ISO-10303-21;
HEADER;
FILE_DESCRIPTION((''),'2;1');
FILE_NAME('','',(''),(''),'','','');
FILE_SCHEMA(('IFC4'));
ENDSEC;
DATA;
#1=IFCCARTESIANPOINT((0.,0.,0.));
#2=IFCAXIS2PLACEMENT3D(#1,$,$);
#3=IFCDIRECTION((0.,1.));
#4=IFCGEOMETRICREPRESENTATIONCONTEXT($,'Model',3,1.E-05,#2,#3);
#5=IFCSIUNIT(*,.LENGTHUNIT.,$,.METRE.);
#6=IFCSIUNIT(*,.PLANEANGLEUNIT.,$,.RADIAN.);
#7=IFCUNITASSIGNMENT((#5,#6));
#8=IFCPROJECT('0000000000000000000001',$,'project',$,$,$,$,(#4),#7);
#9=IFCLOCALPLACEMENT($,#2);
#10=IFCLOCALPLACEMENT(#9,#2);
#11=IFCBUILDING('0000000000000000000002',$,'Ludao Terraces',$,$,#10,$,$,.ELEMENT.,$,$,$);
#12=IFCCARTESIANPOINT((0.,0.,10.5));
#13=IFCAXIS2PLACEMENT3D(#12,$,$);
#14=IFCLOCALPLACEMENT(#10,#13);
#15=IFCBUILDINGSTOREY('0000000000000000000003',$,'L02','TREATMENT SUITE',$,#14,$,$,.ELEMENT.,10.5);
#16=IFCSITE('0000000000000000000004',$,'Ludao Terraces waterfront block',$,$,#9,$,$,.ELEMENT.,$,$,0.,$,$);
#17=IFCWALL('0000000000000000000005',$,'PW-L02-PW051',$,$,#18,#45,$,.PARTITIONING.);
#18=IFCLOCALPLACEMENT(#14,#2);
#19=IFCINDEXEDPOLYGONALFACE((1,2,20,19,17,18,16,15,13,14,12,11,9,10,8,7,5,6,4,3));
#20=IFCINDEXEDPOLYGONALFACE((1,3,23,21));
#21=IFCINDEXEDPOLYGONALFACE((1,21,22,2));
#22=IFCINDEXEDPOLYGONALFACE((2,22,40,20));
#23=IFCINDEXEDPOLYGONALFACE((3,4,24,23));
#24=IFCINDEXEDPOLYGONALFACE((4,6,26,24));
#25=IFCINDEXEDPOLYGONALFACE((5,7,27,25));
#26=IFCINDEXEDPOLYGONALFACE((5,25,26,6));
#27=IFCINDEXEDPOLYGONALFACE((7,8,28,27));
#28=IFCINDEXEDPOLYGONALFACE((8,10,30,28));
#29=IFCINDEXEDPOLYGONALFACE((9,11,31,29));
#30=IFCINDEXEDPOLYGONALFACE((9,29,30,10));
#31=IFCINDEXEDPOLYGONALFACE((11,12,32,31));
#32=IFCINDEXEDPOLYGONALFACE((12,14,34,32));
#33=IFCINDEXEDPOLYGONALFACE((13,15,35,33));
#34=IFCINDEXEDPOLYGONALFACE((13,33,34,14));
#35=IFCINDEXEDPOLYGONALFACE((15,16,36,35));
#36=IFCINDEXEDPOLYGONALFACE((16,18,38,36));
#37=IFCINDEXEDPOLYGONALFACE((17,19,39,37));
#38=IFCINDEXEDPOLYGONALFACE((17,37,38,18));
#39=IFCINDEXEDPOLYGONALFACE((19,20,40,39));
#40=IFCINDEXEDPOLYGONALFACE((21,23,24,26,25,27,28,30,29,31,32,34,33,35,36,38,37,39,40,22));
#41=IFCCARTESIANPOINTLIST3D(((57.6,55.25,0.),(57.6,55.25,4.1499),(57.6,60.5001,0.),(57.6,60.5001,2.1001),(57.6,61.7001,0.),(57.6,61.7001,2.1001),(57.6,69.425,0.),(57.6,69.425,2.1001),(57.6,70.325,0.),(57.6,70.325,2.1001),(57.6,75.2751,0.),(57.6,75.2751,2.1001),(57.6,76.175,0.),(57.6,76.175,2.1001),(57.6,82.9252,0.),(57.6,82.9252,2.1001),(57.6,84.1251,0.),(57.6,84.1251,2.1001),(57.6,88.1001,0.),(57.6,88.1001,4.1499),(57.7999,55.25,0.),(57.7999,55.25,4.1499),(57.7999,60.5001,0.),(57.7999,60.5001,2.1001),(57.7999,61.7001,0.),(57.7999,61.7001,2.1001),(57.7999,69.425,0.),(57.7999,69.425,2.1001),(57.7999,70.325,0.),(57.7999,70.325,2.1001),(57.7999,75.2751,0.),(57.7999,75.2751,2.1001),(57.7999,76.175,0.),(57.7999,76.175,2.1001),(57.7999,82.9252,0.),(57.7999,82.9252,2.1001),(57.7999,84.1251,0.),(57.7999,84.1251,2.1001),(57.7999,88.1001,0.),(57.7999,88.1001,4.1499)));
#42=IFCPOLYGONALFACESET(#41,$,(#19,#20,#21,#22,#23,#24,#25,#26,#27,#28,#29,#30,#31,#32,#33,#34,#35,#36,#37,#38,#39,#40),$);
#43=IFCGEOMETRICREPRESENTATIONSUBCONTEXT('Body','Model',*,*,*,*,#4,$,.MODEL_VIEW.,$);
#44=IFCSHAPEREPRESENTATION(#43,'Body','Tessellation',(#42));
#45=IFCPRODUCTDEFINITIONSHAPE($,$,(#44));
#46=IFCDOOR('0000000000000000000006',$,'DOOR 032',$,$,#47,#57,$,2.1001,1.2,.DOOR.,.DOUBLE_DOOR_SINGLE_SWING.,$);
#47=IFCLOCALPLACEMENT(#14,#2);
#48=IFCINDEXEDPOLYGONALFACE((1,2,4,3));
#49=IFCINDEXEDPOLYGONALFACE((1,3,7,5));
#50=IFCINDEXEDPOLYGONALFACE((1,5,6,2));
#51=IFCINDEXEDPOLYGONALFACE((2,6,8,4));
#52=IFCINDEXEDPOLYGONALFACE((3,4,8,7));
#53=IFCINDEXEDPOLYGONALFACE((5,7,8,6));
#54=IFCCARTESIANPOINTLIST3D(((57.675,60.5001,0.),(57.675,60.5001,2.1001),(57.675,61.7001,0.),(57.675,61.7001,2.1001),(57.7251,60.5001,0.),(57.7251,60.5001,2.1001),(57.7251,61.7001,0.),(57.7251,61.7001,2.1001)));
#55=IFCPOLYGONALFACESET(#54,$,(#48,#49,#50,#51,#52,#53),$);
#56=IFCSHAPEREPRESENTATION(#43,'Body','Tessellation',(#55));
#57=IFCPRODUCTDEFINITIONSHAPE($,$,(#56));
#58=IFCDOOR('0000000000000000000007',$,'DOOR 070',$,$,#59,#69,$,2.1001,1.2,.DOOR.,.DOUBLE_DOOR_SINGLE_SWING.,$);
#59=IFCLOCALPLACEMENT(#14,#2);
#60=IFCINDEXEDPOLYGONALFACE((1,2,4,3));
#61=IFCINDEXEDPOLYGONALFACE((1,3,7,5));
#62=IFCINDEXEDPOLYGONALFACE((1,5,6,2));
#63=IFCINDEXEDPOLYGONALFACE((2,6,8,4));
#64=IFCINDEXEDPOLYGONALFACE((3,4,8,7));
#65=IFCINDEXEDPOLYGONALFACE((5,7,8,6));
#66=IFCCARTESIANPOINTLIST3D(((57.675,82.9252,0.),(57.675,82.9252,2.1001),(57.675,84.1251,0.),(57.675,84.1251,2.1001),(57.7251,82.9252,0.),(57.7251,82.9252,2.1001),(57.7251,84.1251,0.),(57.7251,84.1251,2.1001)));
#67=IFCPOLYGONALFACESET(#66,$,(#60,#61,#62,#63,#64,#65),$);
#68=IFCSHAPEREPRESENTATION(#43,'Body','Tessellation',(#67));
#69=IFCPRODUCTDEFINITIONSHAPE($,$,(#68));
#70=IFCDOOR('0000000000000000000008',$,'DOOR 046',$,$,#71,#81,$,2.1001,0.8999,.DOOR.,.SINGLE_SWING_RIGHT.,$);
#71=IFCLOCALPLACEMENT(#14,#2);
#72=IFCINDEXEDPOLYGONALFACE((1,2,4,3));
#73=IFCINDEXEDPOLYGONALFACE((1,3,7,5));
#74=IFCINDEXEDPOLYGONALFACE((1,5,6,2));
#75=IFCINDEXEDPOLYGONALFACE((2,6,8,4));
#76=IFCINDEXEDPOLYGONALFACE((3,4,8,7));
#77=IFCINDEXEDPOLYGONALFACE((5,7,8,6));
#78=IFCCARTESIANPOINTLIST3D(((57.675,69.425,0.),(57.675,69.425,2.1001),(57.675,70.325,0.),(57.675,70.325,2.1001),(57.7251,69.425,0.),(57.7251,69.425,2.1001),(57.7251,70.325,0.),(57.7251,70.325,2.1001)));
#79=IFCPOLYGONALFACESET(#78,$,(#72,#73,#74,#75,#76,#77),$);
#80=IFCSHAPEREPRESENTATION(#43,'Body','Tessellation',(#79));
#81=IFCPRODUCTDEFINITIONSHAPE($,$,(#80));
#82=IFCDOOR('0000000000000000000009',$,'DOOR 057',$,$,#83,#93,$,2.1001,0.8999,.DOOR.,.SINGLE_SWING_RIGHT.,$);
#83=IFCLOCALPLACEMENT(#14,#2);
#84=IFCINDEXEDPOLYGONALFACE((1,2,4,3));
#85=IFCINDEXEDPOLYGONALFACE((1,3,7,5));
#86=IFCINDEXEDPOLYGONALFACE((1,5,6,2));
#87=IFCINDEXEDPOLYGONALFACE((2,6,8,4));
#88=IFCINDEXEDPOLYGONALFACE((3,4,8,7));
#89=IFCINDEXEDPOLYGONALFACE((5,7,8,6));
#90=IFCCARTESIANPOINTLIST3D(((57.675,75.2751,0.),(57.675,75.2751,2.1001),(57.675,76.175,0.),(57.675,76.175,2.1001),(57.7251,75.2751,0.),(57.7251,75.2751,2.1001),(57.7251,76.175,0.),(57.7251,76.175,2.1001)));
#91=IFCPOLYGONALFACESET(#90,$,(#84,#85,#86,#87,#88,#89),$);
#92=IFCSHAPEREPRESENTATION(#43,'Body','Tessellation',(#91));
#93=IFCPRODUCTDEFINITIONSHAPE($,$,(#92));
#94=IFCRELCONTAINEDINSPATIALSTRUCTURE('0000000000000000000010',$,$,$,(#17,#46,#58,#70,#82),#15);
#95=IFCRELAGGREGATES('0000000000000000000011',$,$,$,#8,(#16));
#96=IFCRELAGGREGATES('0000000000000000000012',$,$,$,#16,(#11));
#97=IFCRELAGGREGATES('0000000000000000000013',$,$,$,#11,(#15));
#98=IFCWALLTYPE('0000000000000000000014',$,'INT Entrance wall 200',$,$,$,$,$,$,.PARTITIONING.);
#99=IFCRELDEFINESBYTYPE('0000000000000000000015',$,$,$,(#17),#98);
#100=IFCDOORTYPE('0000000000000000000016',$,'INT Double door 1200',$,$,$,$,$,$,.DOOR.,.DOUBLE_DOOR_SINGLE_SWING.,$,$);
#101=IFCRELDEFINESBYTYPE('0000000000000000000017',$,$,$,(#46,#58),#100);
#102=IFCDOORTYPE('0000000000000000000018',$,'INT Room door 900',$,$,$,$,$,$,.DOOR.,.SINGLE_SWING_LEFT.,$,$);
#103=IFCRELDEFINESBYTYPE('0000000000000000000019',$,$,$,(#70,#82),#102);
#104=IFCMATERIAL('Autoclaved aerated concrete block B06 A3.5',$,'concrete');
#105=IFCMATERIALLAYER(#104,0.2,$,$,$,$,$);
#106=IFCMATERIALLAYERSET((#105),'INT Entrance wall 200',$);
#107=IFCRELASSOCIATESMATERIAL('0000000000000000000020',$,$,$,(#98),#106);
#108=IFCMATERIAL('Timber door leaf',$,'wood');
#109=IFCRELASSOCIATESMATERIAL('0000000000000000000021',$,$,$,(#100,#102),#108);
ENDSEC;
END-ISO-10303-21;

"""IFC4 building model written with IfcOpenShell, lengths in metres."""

from ifc_helpers import new_model, si_unit, direction, frame, frame_2d, origin, place, context, subcontext, project, spatial, rectangle, extrude, material, layer, layer_set, type_object, element, fill, save


model = new_model("IFC4")

# Units and contexts
model_context = context("Model", 3, precision=1e-05, world=origin(), true_north=direction((0.0, 1.0)))
body_context = subcontext(model_context, "Body", "Model", "MODEL_VIEW")
ifc_project = project(units=[si_unit("LENGTHUNIT", "METRE"), si_unit("PLANEANGLEUNIT", "RADIAN")], contexts=[model_context])

# Site, building, storey
site_placement = place(None, origin())
site = spatial("IfcSite", under=ifc_project, at=site_placement, Name="Ludao Terraces waterfront block", CompositionType="ELEMENT", RefElevation=0.0)
building_placement = place(site_placement, origin())
building = spatial("IfcBuilding", under=site, at=building_placement, Name="Ludao Terraces", CompositionType="ELEMENT")
storey_placement = place(building_placement, frame((0.0, 0.0, 10.5)))
storey = spatial("IfcBuildingStorey", under=building, at=storey_placement, Name="L02", Description="TREATMENT SUITE", CompositionType="ELEMENT", Elevation=10.5)

# Shared definitions
ifc_material_1 = material(Name="Autoclaved aerated concrete block B06 A3.5", Category="concrete")
ifc_layer_1 = layer(ifc_material_1, 0.2)
ifc_layer_set_1 = layer_set([ifc_layer_1], Name="INT Entrance wall 200")
wall_type_1 = type_object("IfcWallType", Name="INT Entrance wall 200", PredefinedType="PARTITIONING", material=ifc_layer_set_1)

# Wall, openings, doors
wall_1_placement = place(storey_placement, frame((57.7, 55.25, 0.0), z_axis=(0.0, 0.0, 1.0), x_axis=(0.0, 1.0, 0.0)))
wall_1 = element("IfcWall", 1, at=wall_1_placement, inside=storey, type_object=wall_type_1, Name="PW-L02-PW051", PredefinedType="PARTITIONING", context=body_context, shape_type="SweptSolid", body=[
    extrude(rectangle(XDim=32.8501, YDim=0.2, at=frame_2d((16.425, 0.0))), origin(), (0.0, 0.0, 1.0), 4.1499),
])
opening_1_placement = place(wall_1_placement, frame((5.25, 0.0, 0.0)))
opening_1 = element("IfcOpeningElement", 2, at=opening_1_placement, cuts=wall_1, PredefinedType="OPENING", context=body_context, shape_type="SweptSolid", body=[
    extrude(rectangle(XDim=1.2, YDim=2.1001, at=frame_2d((0.6001, 1.05))), frame((0.0, 0.1099, 0.0), z_axis=(0.0, -1.0, 0.0), x_axis=(1.0, 0.0, 0.0)), (0.0, 0.0, 1.0), 0.22),
])
opening_2_placement = place(wall_1_placement, frame((14.175, 0.0, 0.0)))
opening_2 = element("IfcOpeningElement", 3, at=opening_2_placement, cuts=wall_1, PredefinedType="OPENING", context=body_context, shape_type="SweptSolid", body=[
    extrude(rectangle(XDim=0.8999, YDim=2.1001, at=frame_2d((0.45, 1.05))), frame((0.0, 0.1099, 0.0), z_axis=(0.0, -1.0, 0.0), x_axis=(1.0, 0.0, 0.0)), (0.0, 0.0, 1.0), 0.22),
])
opening_3_placement = place(wall_1_placement, frame((20.0251, 0.0, 0.0)))
opening_3 = element("IfcOpeningElement", 4, at=opening_3_placement, cuts=wall_1, PredefinedType="OPENING", context=body_context, shape_type="SweptSolid", body=[
    extrude(rectangle(XDim=0.8999, YDim=2.1001, at=frame_2d((0.45, 1.05))), frame((0.0, 0.1099, 0.0), z_axis=(0.0, -1.0, 0.0), x_axis=(1.0, 0.0, 0.0)), (0.0, 0.0, 1.0), 0.22),
])
opening_4_placement = place(wall_1_placement, frame((27.675, 0.0, 0.0)))
opening_4 = element("IfcOpeningElement", 5, at=opening_4_placement, cuts=wall_1, PredefinedType="OPENING", context=body_context, shape_type="SweptSolid", body=[
    extrude(rectangle(XDim=1.2, YDim=2.1001, at=frame_2d((0.6001, 1.05))), frame((0.0, 0.1099, 0.0), z_axis=(0.0, -1.0, 0.0), x_axis=(1.0, 0.0, 0.0)), (0.0, 0.0, 1.0), 0.22),
])
ifc_material_2 = material(Name="Timber door leaf", Category="wood")
door_type_1 = type_object("IfcDoorType", Name="INT Double door 1200", OperationType="DOUBLE_DOOR_SINGLE_SWING", PredefinedType="DOOR", material=ifc_material_2)
door_1_placement = place(opening_1_placement, origin())
door_1 = element("IfcDoor", 6, at=door_1_placement, inside=storey, type_object=door_type_1, Name="DOOR 032", OperationType="DOUBLE_DOOR_SINGLE_SWING", OverallHeight=2.1001, OverallWidth=1.2, PredefinedType="DOOR", context=body_context, shape_type="SweptSolid", body=[
    extrude(rectangle(XDim=1.2, YDim=2.1001, at=frame_2d((0.6001, 1.05))), frame((0.0, 0.0249, 0.0), z_axis=(0.0, -1.0, 0.0), x_axis=(1.0, 0.0, 0.0)), (0.0, 0.0, 1.0), 0.05),
])
fill(opening_1, door_1)
door_2_placement = place(opening_4_placement, origin())
door_2 = element("IfcDoor", 7, at=door_2_placement, inside=storey, type_object=door_type_1, Name="DOOR 070", OperationType="DOUBLE_DOOR_SINGLE_SWING", OverallHeight=2.1001, OverallWidth=1.2, PredefinedType="DOOR", context=body_context, shape_type="SweptSolid", body=[
    extrude(rectangle(XDim=1.2, YDim=2.1001, at=frame_2d((0.6001, 1.05))), frame((0.0, 0.0249, 0.0), z_axis=(0.0, -1.0, 0.0), x_axis=(1.0, 0.0, 0.0)), (0.0, 0.0, 1.0), 0.05),
])
fill(opening_4, door_2)
door_type_2 = type_object("IfcDoorType", Name="INT Room door 900", OperationType="SINGLE_SWING_LEFT", PredefinedType="DOOR", material=ifc_material_2)
door_3_placement = place(opening_2_placement, origin())
door_3 = element("IfcDoor", 8, at=door_3_placement, inside=storey, type_object=door_type_2, Name="DOOR 046", OperationType="SINGLE_SWING_RIGHT", OverallHeight=2.1001, OverallWidth=0.8999, PredefinedType="DOOR", context=body_context, shape_type="SweptSolid", body=[
    extrude(rectangle(XDim=0.8999, YDim=2.1001, at=frame_2d((0.45, 1.05))), frame((0.0, 0.0249, 0.0), z_axis=(0.0, -1.0, 0.0), x_axis=(1.0, 0.0, 0.0)), (0.0, 0.0, 1.0), 0.05),
])
fill(opening_2, door_3)
door_4_placement = place(opening_3_placement, origin())
door_4 = element("IfcDoor", 9, at=door_4_placement, inside=storey, type_object=door_type_2, Name="DOOR 057", OperationType="SINGLE_SWING_RIGHT", OverallHeight=2.1001, OverallWidth=0.8999, PredefinedType="DOOR", context=body_context, shape_type="SweptSolid", body=[
    extrude(rectangle(XDim=0.8999, YDim=2.1001, at=frame_2d((0.45, 1.05))), frame((0.0, 0.0249, 0.0), z_axis=(0.0, -1.0, 0.0), x_axis=(1.0, 0.0, 0.0)), (0.0, 0.0, 1.0), 0.05),
])
fill(opening_3, door_4)

save(model, "model.ifc")
